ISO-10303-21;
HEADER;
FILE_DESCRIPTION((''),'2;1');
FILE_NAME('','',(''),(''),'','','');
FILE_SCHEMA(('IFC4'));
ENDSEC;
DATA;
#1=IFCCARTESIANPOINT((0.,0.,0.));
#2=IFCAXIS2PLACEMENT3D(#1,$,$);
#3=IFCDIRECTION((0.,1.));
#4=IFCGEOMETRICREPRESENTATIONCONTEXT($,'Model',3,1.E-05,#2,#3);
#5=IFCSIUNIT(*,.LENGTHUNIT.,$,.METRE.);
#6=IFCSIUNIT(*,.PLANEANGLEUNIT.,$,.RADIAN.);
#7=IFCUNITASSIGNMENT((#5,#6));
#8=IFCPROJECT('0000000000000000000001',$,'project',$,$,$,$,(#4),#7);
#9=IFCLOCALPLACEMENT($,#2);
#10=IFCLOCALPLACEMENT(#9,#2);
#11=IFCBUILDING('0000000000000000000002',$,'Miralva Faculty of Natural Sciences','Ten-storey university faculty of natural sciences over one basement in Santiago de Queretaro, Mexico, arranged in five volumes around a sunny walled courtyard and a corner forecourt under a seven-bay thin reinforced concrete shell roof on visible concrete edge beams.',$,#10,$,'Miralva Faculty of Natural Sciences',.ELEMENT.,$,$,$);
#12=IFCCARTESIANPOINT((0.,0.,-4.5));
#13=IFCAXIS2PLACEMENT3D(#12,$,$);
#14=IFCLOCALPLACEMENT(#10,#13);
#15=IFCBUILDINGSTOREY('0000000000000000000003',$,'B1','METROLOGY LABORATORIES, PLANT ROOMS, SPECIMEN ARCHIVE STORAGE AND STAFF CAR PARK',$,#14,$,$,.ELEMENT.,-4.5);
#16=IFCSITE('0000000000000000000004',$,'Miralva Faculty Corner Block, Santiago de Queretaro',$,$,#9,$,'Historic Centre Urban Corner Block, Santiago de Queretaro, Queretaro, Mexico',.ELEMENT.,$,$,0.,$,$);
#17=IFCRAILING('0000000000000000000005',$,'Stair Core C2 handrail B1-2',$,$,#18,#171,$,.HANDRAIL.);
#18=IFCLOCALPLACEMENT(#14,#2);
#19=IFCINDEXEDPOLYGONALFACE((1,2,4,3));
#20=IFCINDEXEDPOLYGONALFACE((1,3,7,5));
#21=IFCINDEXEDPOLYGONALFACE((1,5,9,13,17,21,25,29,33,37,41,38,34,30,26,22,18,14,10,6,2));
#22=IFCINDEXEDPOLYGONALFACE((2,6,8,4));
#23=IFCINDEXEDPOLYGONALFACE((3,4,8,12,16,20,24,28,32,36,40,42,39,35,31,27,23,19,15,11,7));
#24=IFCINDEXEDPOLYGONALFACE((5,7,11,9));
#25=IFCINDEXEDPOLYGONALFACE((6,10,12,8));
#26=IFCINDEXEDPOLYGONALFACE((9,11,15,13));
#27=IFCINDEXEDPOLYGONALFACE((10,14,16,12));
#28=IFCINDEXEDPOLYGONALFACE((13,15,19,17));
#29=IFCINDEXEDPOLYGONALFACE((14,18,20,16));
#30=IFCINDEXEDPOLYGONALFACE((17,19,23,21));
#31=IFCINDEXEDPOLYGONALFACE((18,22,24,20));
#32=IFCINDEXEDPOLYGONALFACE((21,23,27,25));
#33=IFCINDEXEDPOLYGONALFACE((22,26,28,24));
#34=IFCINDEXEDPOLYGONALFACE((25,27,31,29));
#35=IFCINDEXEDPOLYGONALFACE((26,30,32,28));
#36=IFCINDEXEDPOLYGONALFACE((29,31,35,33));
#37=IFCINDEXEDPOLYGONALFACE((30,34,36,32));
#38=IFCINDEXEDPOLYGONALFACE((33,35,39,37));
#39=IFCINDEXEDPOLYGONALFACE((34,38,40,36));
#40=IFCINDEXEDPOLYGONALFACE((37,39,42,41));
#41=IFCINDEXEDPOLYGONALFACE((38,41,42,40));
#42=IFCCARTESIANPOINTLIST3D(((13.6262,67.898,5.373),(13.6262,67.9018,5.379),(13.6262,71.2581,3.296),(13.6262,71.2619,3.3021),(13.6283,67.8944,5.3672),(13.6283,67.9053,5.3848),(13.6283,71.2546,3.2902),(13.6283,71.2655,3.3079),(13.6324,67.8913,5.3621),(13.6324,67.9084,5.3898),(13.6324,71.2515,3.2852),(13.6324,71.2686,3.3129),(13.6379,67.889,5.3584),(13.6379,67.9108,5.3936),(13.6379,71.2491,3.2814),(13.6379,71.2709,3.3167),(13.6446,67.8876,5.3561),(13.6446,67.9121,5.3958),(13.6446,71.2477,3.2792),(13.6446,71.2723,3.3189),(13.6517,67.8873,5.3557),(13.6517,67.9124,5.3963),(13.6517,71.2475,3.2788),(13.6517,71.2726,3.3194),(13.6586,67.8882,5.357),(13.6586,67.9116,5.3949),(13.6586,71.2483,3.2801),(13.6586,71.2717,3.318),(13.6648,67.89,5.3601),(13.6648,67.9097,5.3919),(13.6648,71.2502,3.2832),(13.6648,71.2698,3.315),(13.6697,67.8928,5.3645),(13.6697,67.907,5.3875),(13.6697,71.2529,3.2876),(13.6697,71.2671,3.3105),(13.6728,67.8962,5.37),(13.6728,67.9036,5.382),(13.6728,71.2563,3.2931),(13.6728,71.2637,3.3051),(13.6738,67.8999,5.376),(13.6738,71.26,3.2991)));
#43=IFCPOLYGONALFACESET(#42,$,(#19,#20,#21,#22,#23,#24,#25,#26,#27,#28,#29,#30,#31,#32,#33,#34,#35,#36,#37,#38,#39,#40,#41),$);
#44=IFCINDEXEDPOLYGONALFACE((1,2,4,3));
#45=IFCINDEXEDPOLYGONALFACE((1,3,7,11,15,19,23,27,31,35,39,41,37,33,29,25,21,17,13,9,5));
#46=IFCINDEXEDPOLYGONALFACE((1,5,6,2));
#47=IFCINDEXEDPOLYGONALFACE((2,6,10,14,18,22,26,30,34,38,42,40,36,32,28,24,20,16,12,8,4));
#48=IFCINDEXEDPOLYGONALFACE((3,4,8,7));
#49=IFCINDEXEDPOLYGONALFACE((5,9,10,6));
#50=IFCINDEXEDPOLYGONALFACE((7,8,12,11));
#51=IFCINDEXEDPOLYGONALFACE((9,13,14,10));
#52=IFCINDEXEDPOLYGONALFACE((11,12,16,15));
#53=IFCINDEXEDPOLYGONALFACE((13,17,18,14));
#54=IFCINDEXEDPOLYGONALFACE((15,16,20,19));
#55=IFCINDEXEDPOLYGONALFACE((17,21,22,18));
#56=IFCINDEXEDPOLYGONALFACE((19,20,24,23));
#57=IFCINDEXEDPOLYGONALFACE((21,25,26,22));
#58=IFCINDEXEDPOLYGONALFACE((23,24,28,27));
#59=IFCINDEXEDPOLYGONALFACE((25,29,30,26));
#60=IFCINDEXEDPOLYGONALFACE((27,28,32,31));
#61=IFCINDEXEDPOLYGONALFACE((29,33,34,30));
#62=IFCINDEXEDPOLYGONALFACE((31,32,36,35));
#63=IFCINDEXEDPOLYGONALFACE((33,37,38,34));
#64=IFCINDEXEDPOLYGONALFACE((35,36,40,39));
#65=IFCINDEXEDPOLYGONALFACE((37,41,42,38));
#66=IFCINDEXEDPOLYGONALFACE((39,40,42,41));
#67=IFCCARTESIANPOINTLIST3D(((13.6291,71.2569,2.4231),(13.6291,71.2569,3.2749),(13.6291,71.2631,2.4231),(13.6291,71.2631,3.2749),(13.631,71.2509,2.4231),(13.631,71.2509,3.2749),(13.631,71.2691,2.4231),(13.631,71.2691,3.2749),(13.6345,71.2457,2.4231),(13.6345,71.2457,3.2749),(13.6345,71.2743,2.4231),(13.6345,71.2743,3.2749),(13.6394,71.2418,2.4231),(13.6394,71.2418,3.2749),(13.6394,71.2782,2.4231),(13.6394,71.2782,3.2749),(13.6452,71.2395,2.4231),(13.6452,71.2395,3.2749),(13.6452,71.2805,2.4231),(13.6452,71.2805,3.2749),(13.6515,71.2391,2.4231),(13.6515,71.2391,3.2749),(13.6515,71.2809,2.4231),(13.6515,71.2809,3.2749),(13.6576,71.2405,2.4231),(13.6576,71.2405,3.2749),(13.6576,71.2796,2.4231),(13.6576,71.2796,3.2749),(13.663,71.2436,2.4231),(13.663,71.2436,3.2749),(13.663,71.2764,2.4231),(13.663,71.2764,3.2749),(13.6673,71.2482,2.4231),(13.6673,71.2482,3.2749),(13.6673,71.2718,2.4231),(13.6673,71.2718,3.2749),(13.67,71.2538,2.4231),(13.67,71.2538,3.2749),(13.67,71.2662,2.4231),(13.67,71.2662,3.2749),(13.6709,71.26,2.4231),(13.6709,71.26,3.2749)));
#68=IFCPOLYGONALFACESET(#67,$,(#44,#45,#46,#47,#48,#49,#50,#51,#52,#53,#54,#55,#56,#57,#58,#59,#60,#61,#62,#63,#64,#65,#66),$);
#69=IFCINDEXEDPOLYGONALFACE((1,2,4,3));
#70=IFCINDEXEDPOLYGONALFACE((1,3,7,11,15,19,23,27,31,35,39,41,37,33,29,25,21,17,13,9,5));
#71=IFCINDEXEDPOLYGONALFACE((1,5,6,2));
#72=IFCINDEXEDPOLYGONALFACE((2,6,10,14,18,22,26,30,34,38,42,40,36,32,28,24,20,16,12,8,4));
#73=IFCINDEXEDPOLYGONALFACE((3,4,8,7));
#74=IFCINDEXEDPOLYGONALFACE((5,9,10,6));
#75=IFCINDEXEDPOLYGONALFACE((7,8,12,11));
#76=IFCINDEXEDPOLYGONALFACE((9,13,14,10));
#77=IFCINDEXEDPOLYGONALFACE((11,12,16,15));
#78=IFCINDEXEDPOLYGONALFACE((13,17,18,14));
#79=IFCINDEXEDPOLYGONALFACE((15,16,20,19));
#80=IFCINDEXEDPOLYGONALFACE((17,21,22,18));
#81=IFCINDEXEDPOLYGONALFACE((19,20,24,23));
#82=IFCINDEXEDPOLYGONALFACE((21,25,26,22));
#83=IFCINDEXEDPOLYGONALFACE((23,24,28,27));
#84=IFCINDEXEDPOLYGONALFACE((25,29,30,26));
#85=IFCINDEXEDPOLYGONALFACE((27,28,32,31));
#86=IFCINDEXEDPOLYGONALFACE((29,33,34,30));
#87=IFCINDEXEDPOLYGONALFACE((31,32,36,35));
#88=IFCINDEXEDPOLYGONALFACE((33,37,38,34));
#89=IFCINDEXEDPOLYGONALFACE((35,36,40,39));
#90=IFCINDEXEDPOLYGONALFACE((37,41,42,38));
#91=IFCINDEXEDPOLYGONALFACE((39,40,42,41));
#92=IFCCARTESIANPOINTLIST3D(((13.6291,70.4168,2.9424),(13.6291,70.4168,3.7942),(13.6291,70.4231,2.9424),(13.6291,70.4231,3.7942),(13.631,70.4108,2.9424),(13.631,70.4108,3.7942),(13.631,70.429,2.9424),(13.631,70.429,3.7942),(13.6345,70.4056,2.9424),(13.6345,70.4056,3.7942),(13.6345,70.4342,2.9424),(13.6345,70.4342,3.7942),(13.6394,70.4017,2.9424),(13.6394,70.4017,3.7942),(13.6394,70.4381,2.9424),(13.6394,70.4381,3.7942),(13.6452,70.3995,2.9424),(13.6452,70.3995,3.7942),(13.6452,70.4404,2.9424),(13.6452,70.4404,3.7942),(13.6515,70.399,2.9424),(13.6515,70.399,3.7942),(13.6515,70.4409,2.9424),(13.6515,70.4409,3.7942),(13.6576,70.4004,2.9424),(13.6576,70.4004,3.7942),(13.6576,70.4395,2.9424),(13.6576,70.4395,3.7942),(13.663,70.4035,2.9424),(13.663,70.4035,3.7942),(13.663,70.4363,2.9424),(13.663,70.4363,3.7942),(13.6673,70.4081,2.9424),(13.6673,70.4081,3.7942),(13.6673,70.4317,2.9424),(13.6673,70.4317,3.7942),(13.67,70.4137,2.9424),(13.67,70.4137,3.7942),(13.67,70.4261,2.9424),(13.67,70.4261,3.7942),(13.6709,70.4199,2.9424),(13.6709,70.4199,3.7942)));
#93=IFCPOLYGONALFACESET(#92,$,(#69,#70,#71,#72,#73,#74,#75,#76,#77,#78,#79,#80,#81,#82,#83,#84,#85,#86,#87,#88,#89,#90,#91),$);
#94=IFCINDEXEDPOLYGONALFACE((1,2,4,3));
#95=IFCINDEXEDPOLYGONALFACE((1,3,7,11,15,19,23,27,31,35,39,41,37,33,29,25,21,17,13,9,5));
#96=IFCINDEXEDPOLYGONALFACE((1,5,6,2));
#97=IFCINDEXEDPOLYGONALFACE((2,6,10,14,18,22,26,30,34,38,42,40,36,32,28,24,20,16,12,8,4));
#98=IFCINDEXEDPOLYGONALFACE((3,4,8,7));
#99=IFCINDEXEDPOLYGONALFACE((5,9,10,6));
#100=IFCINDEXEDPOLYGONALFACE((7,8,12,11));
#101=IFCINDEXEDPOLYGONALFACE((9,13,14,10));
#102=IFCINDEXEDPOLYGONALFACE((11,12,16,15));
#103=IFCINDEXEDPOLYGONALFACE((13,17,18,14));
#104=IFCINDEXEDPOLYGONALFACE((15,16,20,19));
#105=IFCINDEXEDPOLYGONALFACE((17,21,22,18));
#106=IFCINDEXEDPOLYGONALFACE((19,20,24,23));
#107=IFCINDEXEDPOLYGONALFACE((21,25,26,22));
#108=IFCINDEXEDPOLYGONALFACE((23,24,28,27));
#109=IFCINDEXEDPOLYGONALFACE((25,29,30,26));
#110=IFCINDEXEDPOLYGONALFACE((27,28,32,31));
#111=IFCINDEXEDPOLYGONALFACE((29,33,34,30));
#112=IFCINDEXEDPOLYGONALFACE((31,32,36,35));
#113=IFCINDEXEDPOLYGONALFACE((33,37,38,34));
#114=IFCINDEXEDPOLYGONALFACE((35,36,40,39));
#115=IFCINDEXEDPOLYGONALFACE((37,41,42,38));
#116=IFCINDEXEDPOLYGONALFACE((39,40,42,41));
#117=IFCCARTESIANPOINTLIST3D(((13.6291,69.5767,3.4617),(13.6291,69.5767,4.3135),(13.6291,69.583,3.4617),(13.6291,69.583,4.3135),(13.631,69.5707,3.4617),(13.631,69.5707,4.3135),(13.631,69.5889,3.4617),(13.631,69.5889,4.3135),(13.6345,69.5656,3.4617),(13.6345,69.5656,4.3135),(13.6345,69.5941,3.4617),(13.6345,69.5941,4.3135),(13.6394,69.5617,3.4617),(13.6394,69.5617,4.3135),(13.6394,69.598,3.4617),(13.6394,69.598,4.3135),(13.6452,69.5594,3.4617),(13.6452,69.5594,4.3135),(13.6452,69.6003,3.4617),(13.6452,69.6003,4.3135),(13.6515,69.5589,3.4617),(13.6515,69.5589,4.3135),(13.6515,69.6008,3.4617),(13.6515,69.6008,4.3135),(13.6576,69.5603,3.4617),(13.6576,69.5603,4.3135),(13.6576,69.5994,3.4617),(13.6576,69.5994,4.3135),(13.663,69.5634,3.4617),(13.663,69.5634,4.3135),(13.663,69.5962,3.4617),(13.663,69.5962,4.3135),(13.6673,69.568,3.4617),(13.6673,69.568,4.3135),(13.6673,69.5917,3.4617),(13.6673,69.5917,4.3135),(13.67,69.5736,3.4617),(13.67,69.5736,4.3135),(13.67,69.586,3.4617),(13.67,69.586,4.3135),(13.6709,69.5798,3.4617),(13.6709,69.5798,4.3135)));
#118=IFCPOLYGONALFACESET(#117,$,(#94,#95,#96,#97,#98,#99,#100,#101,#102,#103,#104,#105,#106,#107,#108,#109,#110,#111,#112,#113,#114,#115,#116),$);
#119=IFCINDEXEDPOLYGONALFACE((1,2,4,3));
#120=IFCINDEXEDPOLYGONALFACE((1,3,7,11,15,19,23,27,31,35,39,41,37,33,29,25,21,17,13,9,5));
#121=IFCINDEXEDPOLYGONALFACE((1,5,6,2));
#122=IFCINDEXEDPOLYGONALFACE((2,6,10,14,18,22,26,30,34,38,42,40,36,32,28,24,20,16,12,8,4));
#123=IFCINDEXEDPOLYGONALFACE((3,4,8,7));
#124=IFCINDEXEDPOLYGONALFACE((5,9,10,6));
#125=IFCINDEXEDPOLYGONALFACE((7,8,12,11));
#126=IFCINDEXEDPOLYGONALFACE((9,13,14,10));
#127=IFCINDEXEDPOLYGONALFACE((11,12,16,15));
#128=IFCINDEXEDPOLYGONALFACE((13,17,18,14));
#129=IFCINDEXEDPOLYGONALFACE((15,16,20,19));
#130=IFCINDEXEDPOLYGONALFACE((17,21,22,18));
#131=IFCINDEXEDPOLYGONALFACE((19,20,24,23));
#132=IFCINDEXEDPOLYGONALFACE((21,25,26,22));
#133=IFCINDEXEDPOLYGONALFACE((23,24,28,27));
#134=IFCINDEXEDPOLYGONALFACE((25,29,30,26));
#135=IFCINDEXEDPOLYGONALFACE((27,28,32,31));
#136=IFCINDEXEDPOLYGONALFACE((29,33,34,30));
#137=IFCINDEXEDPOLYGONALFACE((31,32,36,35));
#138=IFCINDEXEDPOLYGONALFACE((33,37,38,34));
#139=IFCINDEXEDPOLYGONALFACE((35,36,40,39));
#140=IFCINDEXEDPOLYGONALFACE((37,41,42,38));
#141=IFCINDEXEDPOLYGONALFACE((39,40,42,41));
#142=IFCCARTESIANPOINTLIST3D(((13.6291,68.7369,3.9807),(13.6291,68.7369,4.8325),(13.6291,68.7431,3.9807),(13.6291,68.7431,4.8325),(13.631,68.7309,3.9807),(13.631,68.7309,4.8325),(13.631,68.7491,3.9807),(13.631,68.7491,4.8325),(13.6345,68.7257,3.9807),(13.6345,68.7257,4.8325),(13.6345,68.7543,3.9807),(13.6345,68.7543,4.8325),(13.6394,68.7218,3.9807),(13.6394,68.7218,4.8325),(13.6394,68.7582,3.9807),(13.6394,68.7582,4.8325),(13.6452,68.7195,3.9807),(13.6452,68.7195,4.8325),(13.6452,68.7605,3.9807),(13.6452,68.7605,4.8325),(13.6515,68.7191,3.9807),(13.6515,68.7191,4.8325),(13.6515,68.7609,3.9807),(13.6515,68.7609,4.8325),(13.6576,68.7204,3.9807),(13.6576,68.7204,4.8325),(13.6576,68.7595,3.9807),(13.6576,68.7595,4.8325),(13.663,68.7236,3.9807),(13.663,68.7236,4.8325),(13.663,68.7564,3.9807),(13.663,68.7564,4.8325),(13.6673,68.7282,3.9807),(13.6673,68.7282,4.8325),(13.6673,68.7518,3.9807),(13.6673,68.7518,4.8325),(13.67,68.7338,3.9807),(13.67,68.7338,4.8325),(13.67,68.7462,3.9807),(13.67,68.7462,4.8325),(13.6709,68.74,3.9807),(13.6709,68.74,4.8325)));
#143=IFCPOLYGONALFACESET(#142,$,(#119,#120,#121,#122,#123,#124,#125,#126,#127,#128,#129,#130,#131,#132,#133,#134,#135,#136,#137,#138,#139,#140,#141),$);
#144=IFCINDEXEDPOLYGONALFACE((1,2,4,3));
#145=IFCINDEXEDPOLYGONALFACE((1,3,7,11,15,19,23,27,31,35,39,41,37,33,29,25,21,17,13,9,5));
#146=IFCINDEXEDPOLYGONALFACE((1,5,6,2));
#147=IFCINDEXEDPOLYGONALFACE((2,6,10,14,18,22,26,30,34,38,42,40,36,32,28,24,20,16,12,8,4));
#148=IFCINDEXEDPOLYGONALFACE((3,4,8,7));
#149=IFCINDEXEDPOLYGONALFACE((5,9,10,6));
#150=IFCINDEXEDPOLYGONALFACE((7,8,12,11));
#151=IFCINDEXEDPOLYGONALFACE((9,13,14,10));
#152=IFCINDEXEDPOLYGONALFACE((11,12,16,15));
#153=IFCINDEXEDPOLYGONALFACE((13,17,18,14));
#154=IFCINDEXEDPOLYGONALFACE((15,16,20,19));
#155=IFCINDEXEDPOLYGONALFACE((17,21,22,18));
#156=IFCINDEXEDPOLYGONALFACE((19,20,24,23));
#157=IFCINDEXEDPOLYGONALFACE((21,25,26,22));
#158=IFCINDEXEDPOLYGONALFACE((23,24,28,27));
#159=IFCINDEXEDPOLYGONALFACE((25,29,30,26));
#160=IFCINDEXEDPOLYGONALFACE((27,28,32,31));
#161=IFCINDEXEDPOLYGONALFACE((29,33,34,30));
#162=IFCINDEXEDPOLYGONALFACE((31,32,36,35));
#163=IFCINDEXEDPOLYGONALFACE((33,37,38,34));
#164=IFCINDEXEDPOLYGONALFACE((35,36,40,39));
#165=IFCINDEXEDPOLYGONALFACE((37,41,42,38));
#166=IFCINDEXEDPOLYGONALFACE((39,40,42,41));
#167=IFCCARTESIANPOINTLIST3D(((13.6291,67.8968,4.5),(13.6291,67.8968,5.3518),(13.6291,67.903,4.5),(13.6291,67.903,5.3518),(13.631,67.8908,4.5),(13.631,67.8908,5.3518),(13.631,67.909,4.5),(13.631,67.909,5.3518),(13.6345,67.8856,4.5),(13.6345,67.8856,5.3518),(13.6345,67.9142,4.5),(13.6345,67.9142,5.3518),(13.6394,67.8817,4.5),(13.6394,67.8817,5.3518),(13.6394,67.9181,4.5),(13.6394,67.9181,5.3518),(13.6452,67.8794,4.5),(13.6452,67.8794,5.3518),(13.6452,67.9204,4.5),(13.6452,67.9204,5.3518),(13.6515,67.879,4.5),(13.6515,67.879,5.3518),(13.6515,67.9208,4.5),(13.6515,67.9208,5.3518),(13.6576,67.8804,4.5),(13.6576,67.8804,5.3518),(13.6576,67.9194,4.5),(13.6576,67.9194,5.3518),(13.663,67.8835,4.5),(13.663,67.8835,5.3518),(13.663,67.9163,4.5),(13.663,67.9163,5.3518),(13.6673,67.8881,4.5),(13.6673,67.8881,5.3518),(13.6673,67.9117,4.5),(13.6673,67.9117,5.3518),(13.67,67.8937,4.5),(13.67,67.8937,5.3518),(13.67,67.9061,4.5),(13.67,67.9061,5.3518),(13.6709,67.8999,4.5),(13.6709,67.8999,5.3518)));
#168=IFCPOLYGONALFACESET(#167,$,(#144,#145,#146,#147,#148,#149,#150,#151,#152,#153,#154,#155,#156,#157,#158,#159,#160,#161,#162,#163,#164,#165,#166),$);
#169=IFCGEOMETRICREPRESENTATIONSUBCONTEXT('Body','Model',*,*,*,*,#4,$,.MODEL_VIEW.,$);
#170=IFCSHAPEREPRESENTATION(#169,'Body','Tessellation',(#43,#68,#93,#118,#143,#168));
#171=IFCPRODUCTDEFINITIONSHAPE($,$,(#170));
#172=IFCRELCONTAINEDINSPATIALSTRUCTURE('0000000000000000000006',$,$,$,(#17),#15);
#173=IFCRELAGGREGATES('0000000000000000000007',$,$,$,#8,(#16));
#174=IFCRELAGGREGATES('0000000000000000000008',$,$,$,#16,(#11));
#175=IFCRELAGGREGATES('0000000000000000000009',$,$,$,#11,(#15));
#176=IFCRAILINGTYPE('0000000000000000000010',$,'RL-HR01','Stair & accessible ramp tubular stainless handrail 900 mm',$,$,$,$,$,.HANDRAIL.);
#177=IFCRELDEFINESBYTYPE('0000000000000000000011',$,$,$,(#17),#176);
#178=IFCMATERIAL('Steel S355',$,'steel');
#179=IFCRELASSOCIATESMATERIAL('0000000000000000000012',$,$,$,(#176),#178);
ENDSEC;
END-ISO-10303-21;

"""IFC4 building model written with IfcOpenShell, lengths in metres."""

from ifc_helpers import new_model, si_unit, direction, frame, origin, origin_2d, place, context, subcontext, project, spatial, circle, extrude, material, type_object, element, save


model = new_model("IFC4")

# Units and contexts
model_context = context("Model", 3, precision=1e-05, world=origin(), true_north=direction((0.0, 1.0)))
body_context = subcontext(model_context, "Body", "Model", "MODEL_VIEW")
ifc_project = project(units=[si_unit("LENGTHUNIT", "METRE"), si_unit("PLANEANGLEUNIT", "RADIAN")], contexts=[model_context])

# Site, building, storey
site_placement = place(None, origin())
site = spatial("IfcSite", under=ifc_project, at=site_placement, Name="Miralva Faculty Corner Block, Santiago de Queretaro", LongName="Historic Centre Urban Corner Block, Santiago de Queretaro, Queretaro, Mexico", CompositionType="ELEMENT", RefElevation=0.0)
building_placement = place(site_placement, origin())
building = spatial("IfcBuilding", under=site, at=building_placement, Name="Miralva Faculty of Natural Sciences", Description="Ten-storey university faculty of natural sciences over one basement in Santiago de Queretaro, Mexico, arranged in five volumes around a sunny walled courtyard and a corner forecourt under a seven-bay thin reinforced concrete shell roof on visible concrete edge beams.", LongName="Miralva Faculty of Natural Sciences", CompositionType="ELEMENT")
storey_placement = place(building_placement, frame((0.0, 0.0, -4.5)))
storey = spatial("IfcBuildingStorey", under=building, at=storey_placement, Name="B1", Description="METROLOGY LABORATORIES, PLANT ROOMS, SPECIMEN ARCHIVE STORAGE AND STAFF CAR PARK", CompositionType="ELEMENT", Elevation=-4.5)

# Railing
ifc_material_1 = material(Name="Steel S355", Category="steel")
railing_type_1 = type_object("IfcRailingType", Name="RL-HR01", Description="Stair & accessible ramp tubular stainless handrail 900 mm", PredefinedType="HANDRAIL", material=ifc_material_1)
railing_1_placement = place(storey_placement, frame((13.6499, 71.26, 2.4231)))
element("IfcRailing", 1, at=railing_1_placement, inside=storey, type_object=railing_type_1, Name="Stair Core C2 handrail B1-2", PredefinedType="HANDRAIL", context=body_context, shape_type="SweptSolid", body=[
    extrude(circle(Radius=0.0239, at=origin_2d()), frame((0.0, 0.0, 0.876), z_axis=(0.0, -0.850623, 0.525776), x_axis=(1.0, 0.0, 0.0)), (0.0, 0.0, 1.0), 3.9502),
    extrude(circle(Radius=0.021, at=origin_2d()), origin(), (0.0, 0.0, 1.0), 0.8518),
    extrude(circle(Radius=0.021, at=origin_2d()), frame((0.0, -0.8401, 0.5193)), (0.0, 0.0, 1.0), 0.8518),
    extrude(circle(Radius=0.021, at=origin_2d()), frame((0.0, -1.6802, 1.0386)), (0.0, 0.0, 1.0), 0.8518),
    extrude(circle(Radius=0.021, at=origin_2d()), frame((0.0, -2.52, 1.5576)), (0.0, 0.0, 1.0), 0.8518),
    extrude(circle(Radius=0.021, at=origin_2d()), frame((0.0, -3.3601, 2.0769)), (0.0, 0.0, 1.0), 0.8518),
])

save(model, "model.ifc")
